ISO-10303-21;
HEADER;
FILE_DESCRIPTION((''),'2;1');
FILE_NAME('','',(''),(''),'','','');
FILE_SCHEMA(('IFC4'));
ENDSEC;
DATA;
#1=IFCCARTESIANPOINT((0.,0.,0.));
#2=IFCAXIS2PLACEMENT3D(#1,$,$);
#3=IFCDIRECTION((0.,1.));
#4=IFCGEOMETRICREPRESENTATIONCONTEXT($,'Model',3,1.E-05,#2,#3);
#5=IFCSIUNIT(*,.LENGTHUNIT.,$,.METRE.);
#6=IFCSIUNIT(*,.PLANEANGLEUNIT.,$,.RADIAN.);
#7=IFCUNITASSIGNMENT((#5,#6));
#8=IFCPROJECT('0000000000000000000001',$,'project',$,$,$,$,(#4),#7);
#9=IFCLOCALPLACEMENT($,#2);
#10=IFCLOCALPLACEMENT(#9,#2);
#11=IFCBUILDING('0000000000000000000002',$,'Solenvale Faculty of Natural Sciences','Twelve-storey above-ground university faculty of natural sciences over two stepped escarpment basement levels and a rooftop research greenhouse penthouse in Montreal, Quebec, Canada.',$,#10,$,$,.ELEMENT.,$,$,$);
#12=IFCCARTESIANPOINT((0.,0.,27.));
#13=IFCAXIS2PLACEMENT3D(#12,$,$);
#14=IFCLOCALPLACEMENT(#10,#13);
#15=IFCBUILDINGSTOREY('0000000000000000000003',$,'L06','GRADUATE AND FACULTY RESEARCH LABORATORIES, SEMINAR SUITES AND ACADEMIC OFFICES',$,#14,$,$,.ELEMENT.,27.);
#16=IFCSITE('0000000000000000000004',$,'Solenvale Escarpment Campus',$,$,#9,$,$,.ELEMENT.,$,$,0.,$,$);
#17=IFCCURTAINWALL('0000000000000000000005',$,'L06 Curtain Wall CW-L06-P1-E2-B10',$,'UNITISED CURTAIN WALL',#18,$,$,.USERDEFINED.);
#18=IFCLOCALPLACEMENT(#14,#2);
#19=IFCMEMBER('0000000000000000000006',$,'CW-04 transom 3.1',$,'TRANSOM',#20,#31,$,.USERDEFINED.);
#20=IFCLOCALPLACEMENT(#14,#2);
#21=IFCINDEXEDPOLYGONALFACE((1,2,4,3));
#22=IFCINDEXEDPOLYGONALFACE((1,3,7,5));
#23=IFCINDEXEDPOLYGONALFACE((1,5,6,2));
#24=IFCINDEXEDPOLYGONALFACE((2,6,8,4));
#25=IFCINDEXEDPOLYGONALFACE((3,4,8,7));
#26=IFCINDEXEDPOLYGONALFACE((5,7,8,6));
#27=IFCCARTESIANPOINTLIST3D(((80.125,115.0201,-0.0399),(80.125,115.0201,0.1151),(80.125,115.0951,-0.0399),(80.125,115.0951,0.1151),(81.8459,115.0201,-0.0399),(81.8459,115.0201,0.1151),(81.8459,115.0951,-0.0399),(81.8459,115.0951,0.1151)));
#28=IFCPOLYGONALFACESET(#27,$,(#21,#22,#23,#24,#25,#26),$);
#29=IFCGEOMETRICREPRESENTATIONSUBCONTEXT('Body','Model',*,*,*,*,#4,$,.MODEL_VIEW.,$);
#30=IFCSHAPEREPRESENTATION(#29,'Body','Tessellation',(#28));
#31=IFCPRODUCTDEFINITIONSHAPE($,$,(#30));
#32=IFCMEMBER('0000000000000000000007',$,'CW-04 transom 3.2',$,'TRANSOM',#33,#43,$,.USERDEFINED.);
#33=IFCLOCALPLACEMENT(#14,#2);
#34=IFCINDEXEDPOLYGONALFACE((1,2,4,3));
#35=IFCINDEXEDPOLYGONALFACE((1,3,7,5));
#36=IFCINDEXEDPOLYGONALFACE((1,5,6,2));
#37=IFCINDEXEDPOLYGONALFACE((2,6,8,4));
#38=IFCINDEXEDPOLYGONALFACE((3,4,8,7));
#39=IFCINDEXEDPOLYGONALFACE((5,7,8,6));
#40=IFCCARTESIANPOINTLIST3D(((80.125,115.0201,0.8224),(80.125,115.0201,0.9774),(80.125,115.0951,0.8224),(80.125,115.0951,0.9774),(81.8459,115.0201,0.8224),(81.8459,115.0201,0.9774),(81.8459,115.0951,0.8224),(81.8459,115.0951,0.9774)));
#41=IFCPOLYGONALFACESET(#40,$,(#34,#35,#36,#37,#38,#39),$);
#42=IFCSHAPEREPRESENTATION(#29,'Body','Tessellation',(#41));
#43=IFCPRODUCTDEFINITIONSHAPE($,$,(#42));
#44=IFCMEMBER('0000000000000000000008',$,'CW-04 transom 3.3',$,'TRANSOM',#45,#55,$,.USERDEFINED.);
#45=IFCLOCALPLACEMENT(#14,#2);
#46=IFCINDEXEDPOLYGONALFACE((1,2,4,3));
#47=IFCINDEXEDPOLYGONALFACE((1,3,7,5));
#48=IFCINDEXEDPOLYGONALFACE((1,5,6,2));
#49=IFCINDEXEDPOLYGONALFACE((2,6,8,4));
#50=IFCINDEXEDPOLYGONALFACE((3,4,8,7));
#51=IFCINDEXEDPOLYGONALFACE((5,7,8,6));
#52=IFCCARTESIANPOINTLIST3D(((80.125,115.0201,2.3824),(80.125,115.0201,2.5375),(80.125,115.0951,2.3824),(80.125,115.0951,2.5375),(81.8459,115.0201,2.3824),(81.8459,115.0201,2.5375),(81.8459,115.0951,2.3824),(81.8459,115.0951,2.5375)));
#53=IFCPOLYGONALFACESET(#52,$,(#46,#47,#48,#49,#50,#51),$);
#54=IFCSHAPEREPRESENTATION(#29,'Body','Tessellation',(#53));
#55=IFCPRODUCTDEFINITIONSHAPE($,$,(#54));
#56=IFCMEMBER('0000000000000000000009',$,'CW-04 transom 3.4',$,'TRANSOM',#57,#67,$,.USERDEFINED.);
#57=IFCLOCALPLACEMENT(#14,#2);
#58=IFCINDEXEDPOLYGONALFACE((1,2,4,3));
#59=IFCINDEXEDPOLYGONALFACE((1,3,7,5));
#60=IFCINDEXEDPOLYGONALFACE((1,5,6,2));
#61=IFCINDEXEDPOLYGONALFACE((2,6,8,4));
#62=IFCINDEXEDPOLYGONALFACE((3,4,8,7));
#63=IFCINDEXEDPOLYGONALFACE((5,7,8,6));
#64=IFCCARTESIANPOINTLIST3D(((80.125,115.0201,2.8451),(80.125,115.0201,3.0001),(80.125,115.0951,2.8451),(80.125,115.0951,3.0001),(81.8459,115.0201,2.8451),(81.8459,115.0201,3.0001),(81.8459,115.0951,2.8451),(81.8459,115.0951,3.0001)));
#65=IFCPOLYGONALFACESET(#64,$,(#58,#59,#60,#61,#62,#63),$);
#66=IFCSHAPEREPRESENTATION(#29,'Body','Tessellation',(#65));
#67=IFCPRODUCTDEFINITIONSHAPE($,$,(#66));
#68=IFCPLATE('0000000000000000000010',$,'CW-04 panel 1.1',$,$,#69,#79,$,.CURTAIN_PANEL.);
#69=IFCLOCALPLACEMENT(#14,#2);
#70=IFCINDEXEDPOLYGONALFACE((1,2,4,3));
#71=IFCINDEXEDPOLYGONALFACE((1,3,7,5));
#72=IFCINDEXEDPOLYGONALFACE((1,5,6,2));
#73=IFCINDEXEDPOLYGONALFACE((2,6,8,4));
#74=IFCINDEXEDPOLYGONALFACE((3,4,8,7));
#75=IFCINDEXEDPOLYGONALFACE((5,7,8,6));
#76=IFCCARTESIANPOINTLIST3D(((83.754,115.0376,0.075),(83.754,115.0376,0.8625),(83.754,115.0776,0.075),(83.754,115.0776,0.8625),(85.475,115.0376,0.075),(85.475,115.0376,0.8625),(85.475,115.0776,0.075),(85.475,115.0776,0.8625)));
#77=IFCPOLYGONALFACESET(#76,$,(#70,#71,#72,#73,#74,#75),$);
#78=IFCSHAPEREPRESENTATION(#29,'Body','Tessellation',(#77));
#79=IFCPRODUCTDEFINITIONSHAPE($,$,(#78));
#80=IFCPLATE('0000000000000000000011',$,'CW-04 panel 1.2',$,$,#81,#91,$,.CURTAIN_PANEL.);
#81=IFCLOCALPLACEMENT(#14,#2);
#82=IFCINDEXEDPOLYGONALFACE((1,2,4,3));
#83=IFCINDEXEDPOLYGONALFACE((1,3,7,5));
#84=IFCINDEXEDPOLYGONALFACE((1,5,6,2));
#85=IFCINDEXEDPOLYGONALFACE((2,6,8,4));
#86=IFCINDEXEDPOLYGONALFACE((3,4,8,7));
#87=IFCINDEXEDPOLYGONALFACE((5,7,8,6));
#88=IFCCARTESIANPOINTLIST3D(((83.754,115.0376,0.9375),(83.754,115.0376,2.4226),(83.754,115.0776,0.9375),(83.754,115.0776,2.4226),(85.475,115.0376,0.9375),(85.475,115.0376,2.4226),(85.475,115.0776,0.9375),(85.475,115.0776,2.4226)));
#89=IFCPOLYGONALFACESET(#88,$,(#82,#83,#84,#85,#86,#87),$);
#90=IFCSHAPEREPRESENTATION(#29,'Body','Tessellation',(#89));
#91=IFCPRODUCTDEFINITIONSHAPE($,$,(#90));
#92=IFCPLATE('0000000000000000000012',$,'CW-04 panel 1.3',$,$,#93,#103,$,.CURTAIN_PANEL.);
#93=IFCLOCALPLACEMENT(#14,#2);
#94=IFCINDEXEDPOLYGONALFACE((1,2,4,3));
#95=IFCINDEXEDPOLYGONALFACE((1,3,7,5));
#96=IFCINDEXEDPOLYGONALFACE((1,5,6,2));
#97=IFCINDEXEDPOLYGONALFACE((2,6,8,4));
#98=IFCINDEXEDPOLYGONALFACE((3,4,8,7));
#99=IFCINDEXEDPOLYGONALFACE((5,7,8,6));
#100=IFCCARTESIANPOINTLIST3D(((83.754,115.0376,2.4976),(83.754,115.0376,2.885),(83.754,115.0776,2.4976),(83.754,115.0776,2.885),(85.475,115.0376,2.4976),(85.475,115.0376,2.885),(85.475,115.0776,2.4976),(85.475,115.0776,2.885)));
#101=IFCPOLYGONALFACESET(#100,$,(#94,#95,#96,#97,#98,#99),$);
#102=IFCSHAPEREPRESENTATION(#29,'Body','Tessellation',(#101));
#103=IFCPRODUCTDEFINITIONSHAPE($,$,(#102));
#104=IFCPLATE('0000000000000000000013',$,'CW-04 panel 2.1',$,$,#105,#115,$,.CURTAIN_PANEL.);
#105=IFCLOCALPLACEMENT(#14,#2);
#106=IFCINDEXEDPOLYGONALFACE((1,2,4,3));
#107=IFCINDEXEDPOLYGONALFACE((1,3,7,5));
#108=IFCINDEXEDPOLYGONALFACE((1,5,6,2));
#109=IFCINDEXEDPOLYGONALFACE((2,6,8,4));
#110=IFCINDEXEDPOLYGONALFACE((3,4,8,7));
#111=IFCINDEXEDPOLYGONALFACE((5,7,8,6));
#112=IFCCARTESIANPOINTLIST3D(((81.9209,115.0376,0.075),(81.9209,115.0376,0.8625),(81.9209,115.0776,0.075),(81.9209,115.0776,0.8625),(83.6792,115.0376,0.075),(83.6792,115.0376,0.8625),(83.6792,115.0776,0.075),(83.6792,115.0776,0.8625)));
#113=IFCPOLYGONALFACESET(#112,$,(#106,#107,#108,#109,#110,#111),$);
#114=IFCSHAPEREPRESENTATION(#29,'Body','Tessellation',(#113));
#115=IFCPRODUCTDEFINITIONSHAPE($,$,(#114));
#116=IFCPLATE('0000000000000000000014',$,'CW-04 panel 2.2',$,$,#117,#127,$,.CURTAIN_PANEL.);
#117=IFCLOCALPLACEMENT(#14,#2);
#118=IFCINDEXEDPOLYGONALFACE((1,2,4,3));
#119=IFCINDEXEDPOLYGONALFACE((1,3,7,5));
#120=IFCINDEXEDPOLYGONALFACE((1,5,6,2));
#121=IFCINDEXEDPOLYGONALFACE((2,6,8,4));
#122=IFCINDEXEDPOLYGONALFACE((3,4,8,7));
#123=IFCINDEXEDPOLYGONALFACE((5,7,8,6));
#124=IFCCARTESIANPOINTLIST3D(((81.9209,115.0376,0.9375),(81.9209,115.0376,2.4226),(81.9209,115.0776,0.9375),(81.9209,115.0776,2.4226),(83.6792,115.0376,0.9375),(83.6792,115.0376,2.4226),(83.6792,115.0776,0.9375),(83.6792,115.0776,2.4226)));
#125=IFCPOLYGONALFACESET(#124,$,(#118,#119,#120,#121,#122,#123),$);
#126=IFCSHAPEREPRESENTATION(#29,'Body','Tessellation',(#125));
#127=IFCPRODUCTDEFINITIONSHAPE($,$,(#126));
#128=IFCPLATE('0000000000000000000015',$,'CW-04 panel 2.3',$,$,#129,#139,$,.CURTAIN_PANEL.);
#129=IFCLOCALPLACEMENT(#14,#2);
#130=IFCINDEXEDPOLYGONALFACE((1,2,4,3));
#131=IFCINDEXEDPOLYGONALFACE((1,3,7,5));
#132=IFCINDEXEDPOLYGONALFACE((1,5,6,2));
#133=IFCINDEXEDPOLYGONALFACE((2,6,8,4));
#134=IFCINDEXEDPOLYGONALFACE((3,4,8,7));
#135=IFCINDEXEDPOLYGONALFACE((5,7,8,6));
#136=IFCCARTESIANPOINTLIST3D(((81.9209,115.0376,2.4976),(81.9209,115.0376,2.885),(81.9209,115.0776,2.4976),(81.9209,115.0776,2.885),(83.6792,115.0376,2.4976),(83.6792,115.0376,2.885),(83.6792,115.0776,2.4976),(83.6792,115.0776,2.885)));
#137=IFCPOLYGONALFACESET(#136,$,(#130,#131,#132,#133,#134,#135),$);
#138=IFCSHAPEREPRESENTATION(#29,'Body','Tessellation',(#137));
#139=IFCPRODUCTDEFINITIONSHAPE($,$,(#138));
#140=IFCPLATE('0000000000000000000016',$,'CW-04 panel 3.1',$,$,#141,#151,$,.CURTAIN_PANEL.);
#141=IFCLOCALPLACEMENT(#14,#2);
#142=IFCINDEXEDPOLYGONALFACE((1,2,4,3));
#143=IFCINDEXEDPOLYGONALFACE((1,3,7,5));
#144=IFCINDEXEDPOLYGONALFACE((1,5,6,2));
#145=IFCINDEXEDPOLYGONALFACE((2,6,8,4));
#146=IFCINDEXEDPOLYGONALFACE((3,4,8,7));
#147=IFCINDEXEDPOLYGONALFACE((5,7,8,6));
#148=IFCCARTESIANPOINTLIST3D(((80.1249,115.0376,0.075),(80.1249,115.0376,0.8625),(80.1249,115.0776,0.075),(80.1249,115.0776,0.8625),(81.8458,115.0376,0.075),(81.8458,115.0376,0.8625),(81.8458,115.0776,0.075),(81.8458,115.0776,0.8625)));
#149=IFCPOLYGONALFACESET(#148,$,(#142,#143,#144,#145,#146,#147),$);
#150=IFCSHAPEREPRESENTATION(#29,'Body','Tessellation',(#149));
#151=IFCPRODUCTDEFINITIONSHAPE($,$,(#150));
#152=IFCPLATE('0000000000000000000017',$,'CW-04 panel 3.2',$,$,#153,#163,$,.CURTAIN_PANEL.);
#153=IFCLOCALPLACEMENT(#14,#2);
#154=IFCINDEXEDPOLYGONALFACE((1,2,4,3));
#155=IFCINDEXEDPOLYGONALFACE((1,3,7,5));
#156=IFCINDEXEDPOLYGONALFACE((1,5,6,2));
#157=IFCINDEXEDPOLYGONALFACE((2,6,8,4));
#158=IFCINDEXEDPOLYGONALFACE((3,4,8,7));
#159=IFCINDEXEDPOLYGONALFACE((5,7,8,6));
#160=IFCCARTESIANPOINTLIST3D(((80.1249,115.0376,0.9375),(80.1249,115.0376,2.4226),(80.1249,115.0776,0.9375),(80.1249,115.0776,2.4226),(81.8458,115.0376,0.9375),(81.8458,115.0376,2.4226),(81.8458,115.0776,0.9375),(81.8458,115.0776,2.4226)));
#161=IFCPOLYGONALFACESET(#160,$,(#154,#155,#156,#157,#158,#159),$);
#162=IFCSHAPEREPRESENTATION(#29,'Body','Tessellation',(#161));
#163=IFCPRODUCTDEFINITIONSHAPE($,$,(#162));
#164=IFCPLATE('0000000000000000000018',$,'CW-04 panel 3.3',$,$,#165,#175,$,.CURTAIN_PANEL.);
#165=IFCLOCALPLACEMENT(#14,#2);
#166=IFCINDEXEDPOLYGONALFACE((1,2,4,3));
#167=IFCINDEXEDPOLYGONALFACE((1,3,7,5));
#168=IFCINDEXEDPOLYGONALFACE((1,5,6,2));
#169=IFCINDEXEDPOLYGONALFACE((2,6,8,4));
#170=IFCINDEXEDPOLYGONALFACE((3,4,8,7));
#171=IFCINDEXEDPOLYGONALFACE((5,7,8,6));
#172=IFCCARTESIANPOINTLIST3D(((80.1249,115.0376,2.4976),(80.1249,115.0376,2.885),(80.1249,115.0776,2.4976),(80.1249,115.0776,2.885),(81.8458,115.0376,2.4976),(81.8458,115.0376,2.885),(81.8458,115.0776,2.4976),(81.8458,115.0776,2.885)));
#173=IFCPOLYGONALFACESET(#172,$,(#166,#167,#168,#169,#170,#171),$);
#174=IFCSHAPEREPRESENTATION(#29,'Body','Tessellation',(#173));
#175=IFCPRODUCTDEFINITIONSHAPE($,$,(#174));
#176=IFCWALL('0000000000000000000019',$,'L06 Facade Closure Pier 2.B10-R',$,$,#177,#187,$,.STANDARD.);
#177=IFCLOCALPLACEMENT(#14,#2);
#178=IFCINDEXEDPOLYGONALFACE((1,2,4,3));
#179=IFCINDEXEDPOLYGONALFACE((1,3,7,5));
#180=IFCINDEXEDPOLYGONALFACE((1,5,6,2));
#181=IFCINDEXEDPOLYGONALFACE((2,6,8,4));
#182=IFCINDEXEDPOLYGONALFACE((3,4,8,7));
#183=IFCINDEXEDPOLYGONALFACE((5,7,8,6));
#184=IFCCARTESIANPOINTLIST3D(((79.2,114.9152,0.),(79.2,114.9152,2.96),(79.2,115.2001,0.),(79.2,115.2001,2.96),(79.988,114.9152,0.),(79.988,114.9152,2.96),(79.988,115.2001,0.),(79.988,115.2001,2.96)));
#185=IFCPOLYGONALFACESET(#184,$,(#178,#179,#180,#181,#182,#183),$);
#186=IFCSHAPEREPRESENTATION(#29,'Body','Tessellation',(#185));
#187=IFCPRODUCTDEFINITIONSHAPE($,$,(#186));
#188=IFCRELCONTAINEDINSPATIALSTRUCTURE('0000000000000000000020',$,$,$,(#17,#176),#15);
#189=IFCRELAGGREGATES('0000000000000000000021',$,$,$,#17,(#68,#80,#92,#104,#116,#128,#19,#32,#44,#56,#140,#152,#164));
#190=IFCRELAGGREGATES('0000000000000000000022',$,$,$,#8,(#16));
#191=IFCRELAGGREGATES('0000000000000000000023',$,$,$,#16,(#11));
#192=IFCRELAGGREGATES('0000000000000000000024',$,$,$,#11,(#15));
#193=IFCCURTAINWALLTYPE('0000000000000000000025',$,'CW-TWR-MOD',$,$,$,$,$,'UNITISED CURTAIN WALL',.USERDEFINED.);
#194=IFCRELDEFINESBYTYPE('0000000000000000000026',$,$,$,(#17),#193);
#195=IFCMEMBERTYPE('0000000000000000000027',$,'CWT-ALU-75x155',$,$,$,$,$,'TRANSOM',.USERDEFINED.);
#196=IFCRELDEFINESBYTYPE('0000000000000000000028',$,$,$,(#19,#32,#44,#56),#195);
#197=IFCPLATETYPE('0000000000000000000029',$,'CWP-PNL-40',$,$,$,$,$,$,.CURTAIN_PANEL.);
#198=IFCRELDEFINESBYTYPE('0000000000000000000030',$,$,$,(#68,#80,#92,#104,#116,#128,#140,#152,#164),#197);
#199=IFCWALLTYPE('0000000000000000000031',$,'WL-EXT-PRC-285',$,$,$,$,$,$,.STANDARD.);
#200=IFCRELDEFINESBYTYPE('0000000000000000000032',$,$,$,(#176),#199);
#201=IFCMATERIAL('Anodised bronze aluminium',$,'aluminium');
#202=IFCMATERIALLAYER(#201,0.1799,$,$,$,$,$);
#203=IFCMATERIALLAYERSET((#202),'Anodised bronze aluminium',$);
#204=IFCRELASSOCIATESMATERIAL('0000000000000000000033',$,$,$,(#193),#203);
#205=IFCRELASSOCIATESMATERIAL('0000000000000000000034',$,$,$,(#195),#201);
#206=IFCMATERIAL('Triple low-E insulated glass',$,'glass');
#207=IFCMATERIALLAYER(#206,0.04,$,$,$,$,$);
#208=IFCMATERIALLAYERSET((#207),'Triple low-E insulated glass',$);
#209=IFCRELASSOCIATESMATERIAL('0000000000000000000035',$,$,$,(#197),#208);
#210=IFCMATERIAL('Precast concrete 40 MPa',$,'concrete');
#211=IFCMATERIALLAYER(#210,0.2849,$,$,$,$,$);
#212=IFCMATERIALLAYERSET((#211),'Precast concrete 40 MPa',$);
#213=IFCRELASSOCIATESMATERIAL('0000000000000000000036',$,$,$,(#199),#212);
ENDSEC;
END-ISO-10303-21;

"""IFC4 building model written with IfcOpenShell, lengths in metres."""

from ifc_helpers import new_model, si_unit, direction, frame, frame_2d, origin, origin_2d, place, context, subcontext, project, spatial, rectangle, extrude, material, layer, layer_set, material_profile, profile_set, type_object, element, aggregate, save


model = new_model("IFC4")

# Units and contexts
model_context = context("Model", 3, precision=1e-05, world=origin(), true_north=direction((0.0, 1.0)))
body_context = subcontext(model_context, "Body", "Model", "MODEL_VIEW")
ifc_project = project(units=[si_unit("LENGTHUNIT", "METRE"), si_unit("PLANEANGLEUNIT", "RADIAN")], contexts=[model_context])

# Site, building, storey
site_placement = place(None, origin())
site = spatial("IfcSite", under=ifc_project, at=site_placement, Name="Solenvale Escarpment Campus", CompositionType="ELEMENT", RefElevation=0.0)
building_placement = place(site_placement, origin())
building = spatial("IfcBuilding", under=site, at=building_placement, Name="Solenvale Faculty of Natural Sciences", Description="Twelve-storey above-ground university faculty of natural sciences over two stepped escarpment basement levels and a rooftop research greenhouse penthouse in Montreal, Quebec, Canada.", CompositionType="ELEMENT")
storey_placement = place(building_placement, frame((0.0, 0.0, 27.0)))
storey = spatial("IfcBuildingStorey", under=building, at=storey_placement, Name="L06", Description="GRADUATE AND FACULTY RESEARCH LABORATORIES, SEMINAR SUITES AND ACADEMIC OFFICES", CompositionType="ELEMENT", Elevation=27.0)

# Curtain wall, members, plates
ifc_material_1 = material(Name="Anodised bronze aluminium", Category="aluminium")
ifc_layer_1 = layer(ifc_material_1, 0.1799)
ifc_layer_set_1 = layer_set([ifc_layer_1], Name="Anodised bronze aluminium")
curtain_wall_type = type_object("IfcCurtainWallType", Name="CW-TWR-MOD", ElementType="UNITISED CURTAIN WALL", PredefinedType="USERDEFINED", material=ifc_layer_set_1)
curtain_wall_placement = place(storey_placement, origin())
curtain_wall = element("IfcCurtainWall", 1, at=curtain_wall_placement, inside=storey, type_object=curtain_wall_type, Name="L06 Curtain Wall CW-L06-P1-E2-B10", ObjectType="UNITISED CURTAIN WALL", PredefinedType="USERDEFINED")
ifc_material_profile_1 = material_profile(ifc_material_1, rectangle(XDim=0.075, YDim=0.155, at=origin_2d()), Name="ALU-TRN-75x155")
ifc_profile_set_1 = profile_set([ifc_material_profile_1], Name="Anodised bronze aluminium")
member_type_1 = type_object("IfcMemberType", Name="CWT-ALU-75x155", ElementType="TRANSOM", PredefinedType="USERDEFINED", material=ifc_profile_set_1)
member_1_placement = place(storey_placement, frame((81.8459, 115.0576, 0.0376), z_axis=(-1.0, 0.0, 0.0), x_axis=(0.0, -1.0, 0.0)))
member_1 = element("IfcMember", 2, at=member_1_placement, type_object=member_type_1, Name="CW-04 transom 3.1", ObjectType="TRANSOM", PredefinedType="USERDEFINED", context=body_context, shape_type="SweptSolid", body=[
    extrude(rectangle(XDim=0.075, YDim=0.155, at=origin_2d()), origin(), (0.0, 0.0, 1.0), 1.7209),
])
member_2_placement = place(storey_placement, frame((81.8459, 115.0576, 0.8999), z_axis=(-1.0, 0.0, 0.0), x_axis=(0.0, -1.0, 0.0)))
member_2 = element("IfcMember", 3, at=member_2_placement, type_object=member_type_1, Name="CW-04 transom 3.2", ObjectType="TRANSOM", PredefinedType="USERDEFINED", context=body_context, shape_type="SweptSolid", body=[
    extrude(rectangle(XDim=0.075, YDim=0.155, at=origin_2d()), origin(), (0.0, 0.0, 1.0), 1.7209),
])
member_3_placement = place(storey_placement, frame((81.8459, 115.0576, 2.46), z_axis=(-1.0, 0.0, 0.0), x_axis=(0.0, -1.0, 0.0)))
member_3 = element("IfcMember", 4, at=member_3_placement, type_object=member_type_1, Name="CW-04 transom 3.3", ObjectType="TRANSOM", PredefinedType="USERDEFINED", context=body_context, shape_type="SweptSolid", body=[
    extrude(rectangle(XDim=0.075, YDim=0.155, at=origin_2d()), origin(), (0.0, 0.0, 1.0), 1.7209),
])
member_4_placement = place(storey_placement, frame((81.8459, 115.0576, 2.9226), z_axis=(-1.0, 0.0, 0.0), x_axis=(0.0, -1.0, 0.0)))
member_4 = element("IfcMember", 5, at=member_4_placement, type_object=member_type_1, Name="CW-04 transom 3.4", ObjectType="TRANSOM", PredefinedType="USERDEFINED", context=body_context, shape_type="SweptSolid", body=[
    extrude(rectangle(XDim=0.075, YDim=0.155, at=origin_2d()), origin(), (0.0, 0.0, 1.0), 1.7209),
])
ifc_material_2 = material(Name="Triple low-E insulated glass", Category="glass")
ifc_layer_2 = layer(ifc_material_2, 0.04)
ifc_layer_set_2 = layer_set([ifc_layer_2], Name="Triple low-E insulated glass")
plate_type = type_object("IfcPlateType", Name="CWP-PNL-40", PredefinedType="CURTAIN_PANEL", material=ifc_layer_set_2)
plate_1_placement = place(storey_placement, frame((84.6145, 115.0576, 0.075), z_axis=(0.0, 0.0, 1.0), x_axis=(-1.0, 0.0, 0.0)))
plate_1 = element("IfcPlate", 6, at=plate_1_placement, type_object=plate_type, Name="CW-04 panel 1.1", PredefinedType="CURTAIN_PANEL", context=body_context, shape_type="SweptSolid", body=[
    extrude(rectangle(XDim=1.7209, YDim=0.04, at=origin_2d()), origin(), (0.0, 0.0, 1.0), 0.7876),
])
plate_2_placement = place(storey_placement, frame((84.6145, 115.0576, 0.9375), z_axis=(0.0, 0.0, 1.0), x_axis=(-1.0, 0.0, 0.0)))
plate_2 = element("IfcPlate", 7, at=plate_2_placement, type_object=plate_type, Name="CW-04 panel 1.2", PredefinedType="CURTAIN_PANEL", context=body_context, shape_type="SweptSolid", body=[
    extrude(rectangle(XDim=1.7209, YDim=0.04, at=origin_2d()), origin(), (0.0, 0.0, 1.0), 1.4851),
])
plate_3_placement = place(storey_placement, frame((84.6145, 115.0576, 2.4976), z_axis=(0.0, 0.0, 1.0), x_axis=(-1.0, 0.0, 0.0)))
plate_3 = element("IfcPlate", 8, at=plate_3_placement, type_object=plate_type, Name="CW-04 panel 1.3", PredefinedType="CURTAIN_PANEL", context=body_context, shape_type="SweptSolid", body=[
    extrude(rectangle(XDim=1.7209, YDim=0.04, at=origin_2d()), origin(), (0.0, 0.0, 1.0), 0.3875),
])
plate_4_placement = place(storey_placement, frame((82.8, 115.0576, 0.075), z_axis=(0.0, 0.0, 1.0), x_axis=(-1.0, 0.0, 0.0)))
plate_4 = element("IfcPlate", 9, at=plate_4_placement, type_object=plate_type, Name="CW-04 panel 2.1", PredefinedType="CURTAIN_PANEL", context=body_context, shape_type="SweptSolid", body=[
    extrude(rectangle(XDim=1.7583, YDim=0.04, at=origin_2d()), origin(), (0.0, 0.0, 1.0), 0.7876),
])
plate_5_placement = place(storey_placement, frame((82.8, 115.0576, 0.9375), z_axis=(0.0, 0.0, 1.0), x_axis=(-1.0, 0.0, 0.0)))
plate_5 = element("IfcPlate", 10, at=plate_5_placement, type_object=plate_type, Name="CW-04 panel 2.2", PredefinedType="CURTAIN_PANEL", context=body_context, shape_type="SweptSolid", body=[
    extrude(rectangle(XDim=1.7583, YDim=0.04, at=origin_2d()), origin(), (0.0, 0.0, 1.0), 1.4851),
])
plate_6_placement = place(storey_placement, frame((82.8, 115.0576, 2.4976), z_axis=(0.0, 0.0, 1.0), x_axis=(-1.0, 0.0, 0.0)))
plate_6 = element("IfcPlate", 11, at=plate_6_placement, type_object=plate_type, Name="CW-04 panel 2.3", PredefinedType="CURTAIN_PANEL", context=body_context, shape_type="SweptSolid", body=[
    extrude(rectangle(XDim=1.7583, YDim=0.04, at=origin_2d()), origin(), (0.0, 0.0, 1.0), 0.3875),
])
plate_7_placement = place(storey_placement, frame((80.9854, 115.0576, 0.075), z_axis=(0.0, 0.0, 1.0), x_axis=(-1.0, 0.0, 0.0)))
plate_7 = element("IfcPlate", 12, at=plate_7_placement, type_object=plate_type, Name="CW-04 panel 3.1", PredefinedType="CURTAIN_PANEL", context=body_context, shape_type="SweptSolid", body=[
    extrude(rectangle(XDim=1.7209, YDim=0.04, at=origin_2d()), origin(), (0.0, 0.0, 1.0), 0.7876),
])
plate_8_placement = place(storey_placement, frame((80.9854, 115.0576, 0.9375), z_axis=(0.0, 0.0, 1.0), x_axis=(-1.0, 0.0, 0.0)))
plate_8 = element("IfcPlate", 13, at=plate_8_placement, type_object=plate_type, Name="CW-04 panel 3.2", PredefinedType="CURTAIN_PANEL", context=body_context, shape_type="SweptSolid", body=[
    extrude(rectangle(XDim=1.7209, YDim=0.04, at=origin_2d()), origin(), (0.0, 0.0, 1.0), 1.4851),
])
plate_9_placement = place(storey_placement, frame((80.9854, 115.0576, 2.4976), z_axis=(0.0, 0.0, 1.0), x_axis=(-1.0, 0.0, 0.0)))
plate_9 = element("IfcPlate", 14, at=plate_9_placement, type_object=plate_type, Name="CW-04 panel 3.3", PredefinedType="CURTAIN_PANEL", context=body_context, shape_type="SweptSolid", body=[
    extrude(rectangle(XDim=1.7209, YDim=0.04, at=origin_2d()), origin(), (0.0, 0.0, 1.0), 0.3875),
])
aggregate(curtain_wall, [plate_1, plate_2, plate_3, plate_4, plate_5, plate_6, member_1, member_2, member_3, member_4, plate_7, plate_8, plate_9])

# Wall
ifc_material_3 = material(Name="Precast concrete 40 MPa", Category="concrete")
ifc_layer_3 = layer(ifc_material_3, 0.2849)
ifc_layer_set_3 = layer_set([ifc_layer_3], Name="Precast concrete 40 MPa")
wall_type_1 = type_object("IfcWallType", Name="WL-EXT-PRC-285", PredefinedType="STANDARD", material=ifc_layer_set_3)
wall_placement = place(storey_placement, frame((79.988, 115.0576, 0.0), z_axis=(0.0, 0.0, 1.0), x_axis=(-1.0, 0.0, 0.0)))
element("IfcWall", 15, at=wall_placement, inside=storey, type_object=wall_type_1, Name="L06 Facade Closure Pier 2.B10-R", PredefinedType="STANDARD", context=body_context, shape_type="SweptSolid", body=[
    extrude(rectangle(XDim=0.7881, YDim=0.2849, at=frame_2d((0.394, 0.0))), origin(), (0.0, 0.0, 1.0), 2.96),
])

save(model, "model.ifc")
